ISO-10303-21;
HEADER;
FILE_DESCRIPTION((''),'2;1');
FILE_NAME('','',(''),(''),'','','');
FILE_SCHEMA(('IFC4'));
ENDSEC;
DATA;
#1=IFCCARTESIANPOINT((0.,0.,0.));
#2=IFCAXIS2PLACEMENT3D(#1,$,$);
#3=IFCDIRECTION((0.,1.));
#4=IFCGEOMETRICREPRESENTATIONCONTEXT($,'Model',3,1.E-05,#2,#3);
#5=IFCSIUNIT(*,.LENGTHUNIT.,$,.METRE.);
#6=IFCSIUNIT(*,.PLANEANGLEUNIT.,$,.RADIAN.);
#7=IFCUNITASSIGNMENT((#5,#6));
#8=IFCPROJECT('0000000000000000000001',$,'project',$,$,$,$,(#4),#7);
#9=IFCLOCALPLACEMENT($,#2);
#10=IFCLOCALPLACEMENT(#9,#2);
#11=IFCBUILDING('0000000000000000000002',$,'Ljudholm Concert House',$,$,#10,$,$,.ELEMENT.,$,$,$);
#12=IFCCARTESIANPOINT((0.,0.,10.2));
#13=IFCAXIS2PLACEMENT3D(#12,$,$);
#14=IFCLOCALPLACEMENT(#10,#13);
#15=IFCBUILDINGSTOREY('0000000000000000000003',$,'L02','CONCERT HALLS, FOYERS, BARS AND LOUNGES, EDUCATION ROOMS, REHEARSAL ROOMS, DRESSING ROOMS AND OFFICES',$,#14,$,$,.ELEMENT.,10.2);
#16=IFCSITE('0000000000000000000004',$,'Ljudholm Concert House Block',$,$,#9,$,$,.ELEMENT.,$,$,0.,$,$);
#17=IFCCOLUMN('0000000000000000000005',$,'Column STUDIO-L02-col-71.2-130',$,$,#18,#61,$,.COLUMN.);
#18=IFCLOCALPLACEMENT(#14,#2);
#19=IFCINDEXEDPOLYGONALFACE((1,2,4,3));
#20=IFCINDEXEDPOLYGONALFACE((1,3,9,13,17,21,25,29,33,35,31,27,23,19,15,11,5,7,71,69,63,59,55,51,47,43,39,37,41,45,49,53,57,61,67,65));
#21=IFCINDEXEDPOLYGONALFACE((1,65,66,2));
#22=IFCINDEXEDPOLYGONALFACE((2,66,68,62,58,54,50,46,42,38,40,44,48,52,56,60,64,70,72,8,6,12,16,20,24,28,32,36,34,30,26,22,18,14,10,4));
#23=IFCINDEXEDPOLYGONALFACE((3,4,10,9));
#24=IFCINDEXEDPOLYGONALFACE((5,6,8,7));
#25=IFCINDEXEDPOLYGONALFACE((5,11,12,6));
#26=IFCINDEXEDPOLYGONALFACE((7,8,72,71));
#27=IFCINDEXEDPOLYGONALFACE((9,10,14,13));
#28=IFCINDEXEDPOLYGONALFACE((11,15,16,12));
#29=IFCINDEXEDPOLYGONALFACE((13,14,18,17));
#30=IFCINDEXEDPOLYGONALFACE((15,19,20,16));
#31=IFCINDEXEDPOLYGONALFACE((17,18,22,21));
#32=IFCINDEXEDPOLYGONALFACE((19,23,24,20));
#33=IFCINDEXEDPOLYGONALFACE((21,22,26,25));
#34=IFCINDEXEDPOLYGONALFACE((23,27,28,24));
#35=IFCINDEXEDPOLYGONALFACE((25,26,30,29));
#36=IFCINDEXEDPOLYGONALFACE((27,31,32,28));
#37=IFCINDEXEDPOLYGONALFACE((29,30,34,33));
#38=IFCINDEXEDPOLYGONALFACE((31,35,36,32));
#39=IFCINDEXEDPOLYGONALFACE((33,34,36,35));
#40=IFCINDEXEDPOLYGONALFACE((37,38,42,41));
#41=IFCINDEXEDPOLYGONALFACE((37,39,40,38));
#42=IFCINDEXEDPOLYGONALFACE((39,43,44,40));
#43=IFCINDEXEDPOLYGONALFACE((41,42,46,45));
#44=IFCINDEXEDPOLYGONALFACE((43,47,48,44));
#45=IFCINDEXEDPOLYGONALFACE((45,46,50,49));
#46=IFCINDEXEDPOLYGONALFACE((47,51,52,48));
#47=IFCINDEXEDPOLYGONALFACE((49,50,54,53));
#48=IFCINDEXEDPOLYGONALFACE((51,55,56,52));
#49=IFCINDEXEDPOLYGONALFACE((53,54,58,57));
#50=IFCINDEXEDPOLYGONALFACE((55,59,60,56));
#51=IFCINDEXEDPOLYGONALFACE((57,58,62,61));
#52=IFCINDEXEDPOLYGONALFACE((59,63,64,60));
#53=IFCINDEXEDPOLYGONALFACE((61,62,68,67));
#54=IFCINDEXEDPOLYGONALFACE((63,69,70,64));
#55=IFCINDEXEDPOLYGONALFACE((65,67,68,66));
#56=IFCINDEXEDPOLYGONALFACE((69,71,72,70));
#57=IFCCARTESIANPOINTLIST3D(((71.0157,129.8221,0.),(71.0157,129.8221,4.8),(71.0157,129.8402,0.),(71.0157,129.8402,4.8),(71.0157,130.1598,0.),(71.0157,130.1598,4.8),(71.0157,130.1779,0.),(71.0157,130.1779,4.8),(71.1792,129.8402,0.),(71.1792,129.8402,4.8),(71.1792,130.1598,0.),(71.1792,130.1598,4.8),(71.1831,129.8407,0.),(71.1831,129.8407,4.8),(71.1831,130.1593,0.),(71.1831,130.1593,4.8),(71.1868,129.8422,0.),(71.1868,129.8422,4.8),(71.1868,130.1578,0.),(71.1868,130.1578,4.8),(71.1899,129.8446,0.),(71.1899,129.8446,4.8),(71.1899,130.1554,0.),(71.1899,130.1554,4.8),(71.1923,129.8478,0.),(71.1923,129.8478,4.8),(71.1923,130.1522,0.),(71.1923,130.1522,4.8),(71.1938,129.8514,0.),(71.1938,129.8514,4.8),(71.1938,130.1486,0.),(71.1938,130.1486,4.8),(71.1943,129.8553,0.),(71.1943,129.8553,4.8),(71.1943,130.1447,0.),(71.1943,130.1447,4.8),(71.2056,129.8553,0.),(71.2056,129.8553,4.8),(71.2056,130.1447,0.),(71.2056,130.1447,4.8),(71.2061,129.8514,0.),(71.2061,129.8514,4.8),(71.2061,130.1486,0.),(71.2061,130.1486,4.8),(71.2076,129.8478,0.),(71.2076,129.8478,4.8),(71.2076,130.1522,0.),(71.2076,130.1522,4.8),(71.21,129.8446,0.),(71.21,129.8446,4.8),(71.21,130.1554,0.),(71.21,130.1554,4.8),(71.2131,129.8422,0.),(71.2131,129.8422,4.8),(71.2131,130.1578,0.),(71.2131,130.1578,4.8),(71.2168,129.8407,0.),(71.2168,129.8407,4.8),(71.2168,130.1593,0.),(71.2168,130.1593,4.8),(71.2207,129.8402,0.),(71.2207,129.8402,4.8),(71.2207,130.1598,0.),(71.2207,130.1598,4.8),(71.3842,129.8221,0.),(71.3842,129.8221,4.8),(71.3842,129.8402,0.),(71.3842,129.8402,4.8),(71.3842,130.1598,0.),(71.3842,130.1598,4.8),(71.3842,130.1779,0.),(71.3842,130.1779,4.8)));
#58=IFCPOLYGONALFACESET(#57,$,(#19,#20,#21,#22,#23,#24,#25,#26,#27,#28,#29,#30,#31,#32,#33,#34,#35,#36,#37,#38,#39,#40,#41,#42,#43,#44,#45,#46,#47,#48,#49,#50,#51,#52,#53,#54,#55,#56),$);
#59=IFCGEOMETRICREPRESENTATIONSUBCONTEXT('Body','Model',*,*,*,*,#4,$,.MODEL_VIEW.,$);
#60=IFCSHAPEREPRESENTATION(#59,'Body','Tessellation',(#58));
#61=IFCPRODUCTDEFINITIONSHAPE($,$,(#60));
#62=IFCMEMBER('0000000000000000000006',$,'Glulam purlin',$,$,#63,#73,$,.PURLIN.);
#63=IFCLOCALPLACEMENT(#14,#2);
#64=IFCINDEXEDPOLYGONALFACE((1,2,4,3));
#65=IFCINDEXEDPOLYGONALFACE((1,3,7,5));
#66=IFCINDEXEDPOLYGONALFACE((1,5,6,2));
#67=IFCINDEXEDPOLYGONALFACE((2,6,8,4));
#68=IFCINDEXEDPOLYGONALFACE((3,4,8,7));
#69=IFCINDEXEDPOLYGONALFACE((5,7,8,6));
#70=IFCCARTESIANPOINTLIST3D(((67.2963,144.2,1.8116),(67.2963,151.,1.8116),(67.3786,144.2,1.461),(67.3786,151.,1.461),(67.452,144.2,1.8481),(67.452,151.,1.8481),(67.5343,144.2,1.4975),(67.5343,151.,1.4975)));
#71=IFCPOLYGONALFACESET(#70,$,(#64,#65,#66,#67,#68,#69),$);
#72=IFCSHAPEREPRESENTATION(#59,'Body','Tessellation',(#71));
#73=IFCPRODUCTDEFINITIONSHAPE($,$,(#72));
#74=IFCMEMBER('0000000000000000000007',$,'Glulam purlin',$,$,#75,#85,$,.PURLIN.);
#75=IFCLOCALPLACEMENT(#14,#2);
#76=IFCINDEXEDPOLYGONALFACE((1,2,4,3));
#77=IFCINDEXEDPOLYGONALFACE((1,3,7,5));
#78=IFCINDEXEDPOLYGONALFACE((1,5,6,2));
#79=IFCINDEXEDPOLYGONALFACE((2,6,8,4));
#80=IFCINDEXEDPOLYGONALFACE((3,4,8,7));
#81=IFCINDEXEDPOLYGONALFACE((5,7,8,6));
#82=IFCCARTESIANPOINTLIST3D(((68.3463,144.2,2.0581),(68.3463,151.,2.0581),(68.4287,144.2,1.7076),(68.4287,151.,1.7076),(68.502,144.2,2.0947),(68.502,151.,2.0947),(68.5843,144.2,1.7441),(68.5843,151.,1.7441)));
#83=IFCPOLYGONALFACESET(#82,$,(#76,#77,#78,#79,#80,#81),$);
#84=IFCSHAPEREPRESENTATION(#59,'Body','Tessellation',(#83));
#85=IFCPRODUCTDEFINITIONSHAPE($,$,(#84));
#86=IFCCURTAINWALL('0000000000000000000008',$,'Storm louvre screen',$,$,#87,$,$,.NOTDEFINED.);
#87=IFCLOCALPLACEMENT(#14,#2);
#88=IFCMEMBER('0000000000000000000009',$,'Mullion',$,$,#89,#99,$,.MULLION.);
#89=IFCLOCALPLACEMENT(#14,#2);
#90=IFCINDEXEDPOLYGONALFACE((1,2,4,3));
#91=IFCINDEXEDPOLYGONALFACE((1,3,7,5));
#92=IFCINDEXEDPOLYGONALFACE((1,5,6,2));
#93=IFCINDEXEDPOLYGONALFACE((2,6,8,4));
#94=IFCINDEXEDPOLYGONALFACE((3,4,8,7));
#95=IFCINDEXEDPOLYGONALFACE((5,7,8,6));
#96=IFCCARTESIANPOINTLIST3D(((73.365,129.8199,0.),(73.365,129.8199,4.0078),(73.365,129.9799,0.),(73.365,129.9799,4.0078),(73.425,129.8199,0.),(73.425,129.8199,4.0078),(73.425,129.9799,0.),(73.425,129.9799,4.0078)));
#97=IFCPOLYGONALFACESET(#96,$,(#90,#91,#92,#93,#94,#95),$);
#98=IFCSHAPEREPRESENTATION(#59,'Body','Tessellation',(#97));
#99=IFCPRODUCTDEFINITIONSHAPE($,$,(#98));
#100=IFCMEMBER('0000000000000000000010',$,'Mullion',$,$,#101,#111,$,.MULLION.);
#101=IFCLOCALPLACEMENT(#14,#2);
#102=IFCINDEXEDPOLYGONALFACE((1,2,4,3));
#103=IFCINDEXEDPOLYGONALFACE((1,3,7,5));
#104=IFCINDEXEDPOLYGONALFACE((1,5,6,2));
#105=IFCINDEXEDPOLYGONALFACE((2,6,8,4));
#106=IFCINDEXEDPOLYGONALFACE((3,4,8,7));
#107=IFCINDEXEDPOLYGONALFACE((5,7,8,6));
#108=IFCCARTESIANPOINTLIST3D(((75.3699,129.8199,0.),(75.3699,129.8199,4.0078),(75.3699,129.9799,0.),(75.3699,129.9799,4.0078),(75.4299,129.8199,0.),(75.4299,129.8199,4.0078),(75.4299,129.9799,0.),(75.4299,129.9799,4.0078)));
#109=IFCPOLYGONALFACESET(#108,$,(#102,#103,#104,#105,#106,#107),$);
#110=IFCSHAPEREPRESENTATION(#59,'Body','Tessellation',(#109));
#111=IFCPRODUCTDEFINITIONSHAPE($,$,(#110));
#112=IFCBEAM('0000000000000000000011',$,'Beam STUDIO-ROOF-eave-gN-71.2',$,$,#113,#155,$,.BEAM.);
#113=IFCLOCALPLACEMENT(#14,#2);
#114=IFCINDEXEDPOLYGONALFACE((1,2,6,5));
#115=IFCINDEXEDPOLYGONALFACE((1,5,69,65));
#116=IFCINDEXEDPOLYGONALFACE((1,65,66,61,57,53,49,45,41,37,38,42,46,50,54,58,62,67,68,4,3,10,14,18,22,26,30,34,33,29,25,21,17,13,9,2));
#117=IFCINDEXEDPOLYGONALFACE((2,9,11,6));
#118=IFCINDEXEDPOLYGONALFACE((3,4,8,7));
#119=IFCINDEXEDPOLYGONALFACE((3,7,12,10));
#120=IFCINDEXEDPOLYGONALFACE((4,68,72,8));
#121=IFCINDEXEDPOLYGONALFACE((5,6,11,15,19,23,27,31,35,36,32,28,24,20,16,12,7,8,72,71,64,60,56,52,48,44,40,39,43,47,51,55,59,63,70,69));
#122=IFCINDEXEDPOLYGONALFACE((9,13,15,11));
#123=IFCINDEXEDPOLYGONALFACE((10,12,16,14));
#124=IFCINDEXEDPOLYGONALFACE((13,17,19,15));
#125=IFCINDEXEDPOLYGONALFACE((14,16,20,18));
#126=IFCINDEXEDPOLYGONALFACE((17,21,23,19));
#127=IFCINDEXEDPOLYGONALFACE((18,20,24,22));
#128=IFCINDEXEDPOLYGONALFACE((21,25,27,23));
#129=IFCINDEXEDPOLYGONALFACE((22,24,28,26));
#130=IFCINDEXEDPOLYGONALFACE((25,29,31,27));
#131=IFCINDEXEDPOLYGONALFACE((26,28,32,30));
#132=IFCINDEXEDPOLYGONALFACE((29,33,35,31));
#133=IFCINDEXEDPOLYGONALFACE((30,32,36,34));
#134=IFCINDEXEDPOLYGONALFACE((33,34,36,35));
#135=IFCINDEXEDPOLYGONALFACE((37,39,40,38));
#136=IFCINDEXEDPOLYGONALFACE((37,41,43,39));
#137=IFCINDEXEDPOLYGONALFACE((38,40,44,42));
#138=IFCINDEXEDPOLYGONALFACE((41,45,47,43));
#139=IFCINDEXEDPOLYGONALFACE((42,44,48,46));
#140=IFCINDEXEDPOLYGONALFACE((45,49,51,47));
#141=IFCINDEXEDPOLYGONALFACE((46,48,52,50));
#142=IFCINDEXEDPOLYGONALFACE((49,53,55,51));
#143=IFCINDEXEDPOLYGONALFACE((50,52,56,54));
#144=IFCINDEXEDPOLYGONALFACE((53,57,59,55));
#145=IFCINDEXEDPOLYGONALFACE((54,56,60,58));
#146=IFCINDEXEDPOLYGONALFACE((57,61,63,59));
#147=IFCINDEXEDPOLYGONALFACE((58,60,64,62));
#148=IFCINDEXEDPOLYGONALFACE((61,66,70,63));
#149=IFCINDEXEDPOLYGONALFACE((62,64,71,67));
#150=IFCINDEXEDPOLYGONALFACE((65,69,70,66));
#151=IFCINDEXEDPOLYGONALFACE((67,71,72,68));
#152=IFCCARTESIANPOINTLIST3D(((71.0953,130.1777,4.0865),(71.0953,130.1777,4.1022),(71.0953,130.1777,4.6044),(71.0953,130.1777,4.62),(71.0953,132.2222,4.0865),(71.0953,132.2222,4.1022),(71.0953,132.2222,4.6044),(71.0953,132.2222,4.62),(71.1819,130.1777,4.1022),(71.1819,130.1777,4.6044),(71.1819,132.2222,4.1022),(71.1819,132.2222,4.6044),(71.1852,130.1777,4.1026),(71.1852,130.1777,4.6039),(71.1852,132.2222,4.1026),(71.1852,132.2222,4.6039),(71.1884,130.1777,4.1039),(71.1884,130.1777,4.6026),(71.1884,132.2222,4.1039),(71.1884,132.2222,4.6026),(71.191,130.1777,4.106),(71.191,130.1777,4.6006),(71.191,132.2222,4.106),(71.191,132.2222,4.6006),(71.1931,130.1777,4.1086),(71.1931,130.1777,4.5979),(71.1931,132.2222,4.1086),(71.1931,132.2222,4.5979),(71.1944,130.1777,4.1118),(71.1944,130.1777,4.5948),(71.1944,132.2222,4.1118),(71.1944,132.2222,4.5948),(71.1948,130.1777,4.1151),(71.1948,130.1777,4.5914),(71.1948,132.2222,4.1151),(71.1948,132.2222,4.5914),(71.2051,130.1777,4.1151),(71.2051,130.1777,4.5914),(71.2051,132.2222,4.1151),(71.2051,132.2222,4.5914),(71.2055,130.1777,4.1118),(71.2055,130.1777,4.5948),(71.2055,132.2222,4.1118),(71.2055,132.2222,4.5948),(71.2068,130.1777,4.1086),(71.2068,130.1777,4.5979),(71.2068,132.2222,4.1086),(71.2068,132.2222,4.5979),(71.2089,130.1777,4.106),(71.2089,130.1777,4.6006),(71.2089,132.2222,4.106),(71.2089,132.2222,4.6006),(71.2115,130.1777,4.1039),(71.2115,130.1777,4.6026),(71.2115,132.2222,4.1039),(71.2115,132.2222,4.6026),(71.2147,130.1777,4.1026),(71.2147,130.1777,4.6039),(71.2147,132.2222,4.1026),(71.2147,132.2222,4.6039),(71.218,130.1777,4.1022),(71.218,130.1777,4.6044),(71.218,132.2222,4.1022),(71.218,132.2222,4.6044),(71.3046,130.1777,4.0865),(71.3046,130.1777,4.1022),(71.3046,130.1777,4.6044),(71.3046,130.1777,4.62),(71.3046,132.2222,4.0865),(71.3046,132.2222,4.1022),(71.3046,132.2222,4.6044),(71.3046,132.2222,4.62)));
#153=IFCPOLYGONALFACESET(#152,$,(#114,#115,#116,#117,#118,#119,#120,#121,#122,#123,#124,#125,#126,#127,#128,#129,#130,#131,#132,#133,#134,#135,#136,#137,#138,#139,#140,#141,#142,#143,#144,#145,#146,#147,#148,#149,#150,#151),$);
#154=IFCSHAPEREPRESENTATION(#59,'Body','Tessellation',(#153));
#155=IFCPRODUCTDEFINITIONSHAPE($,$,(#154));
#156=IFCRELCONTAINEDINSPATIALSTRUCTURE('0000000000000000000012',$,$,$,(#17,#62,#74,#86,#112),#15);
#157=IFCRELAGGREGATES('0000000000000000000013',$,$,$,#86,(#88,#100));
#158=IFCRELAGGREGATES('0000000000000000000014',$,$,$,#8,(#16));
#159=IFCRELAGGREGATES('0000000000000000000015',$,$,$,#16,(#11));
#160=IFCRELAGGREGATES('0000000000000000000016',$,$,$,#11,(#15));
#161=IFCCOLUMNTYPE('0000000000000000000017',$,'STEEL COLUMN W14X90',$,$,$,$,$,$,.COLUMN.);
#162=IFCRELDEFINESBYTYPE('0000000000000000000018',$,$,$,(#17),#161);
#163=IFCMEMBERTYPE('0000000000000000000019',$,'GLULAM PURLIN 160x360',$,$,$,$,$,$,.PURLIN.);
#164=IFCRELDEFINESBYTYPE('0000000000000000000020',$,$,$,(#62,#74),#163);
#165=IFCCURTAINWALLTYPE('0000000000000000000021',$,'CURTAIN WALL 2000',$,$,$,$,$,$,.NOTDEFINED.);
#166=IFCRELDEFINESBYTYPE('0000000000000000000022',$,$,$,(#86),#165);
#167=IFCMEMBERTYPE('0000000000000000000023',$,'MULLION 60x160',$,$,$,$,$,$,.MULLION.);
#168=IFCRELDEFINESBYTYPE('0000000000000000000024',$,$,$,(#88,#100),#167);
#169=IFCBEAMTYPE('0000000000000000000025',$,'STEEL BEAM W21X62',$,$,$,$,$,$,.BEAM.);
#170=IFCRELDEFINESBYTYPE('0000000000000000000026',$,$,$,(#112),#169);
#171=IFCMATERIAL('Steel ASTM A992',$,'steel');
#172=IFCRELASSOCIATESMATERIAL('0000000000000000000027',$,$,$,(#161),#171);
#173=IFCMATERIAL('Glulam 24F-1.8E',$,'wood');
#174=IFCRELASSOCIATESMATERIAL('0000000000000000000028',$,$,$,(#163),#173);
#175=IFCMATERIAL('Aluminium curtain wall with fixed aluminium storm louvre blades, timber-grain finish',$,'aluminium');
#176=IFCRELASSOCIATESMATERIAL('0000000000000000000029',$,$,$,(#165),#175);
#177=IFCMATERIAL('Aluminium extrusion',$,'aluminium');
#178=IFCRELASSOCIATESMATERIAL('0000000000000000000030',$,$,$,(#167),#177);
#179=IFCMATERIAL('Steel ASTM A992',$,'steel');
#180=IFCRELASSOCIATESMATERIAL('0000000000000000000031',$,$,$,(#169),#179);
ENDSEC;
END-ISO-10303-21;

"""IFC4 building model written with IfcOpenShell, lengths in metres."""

from ifc_helpers import new_model, si_unit, direction, frame, origin, origin_2d, place, context, subcontext, project, spatial, rectangle, i_section, extrude, material, material_profile, profile_set, type_object, element, aggregate, save


model = new_model("IFC4")

# Units and contexts
model_context = context("Model", 3, precision=1e-05, world=origin(), true_north=direction((0.0, 1.0)))
body_context = subcontext(model_context, "Body", "Model", "MODEL_VIEW")
ifc_project = project(units=[si_unit("LENGTHUNIT", "METRE"), si_unit("PLANEANGLEUNIT", "RADIAN")], contexts=[model_context])

# Site, building, storey
site_placement = place(None, origin())
site = spatial("IfcSite", under=ifc_project, at=site_placement, Name="Ljudholm Concert House Block", CompositionType="ELEMENT", RefElevation=0.0)
building_placement = place(site_placement, origin())
building = spatial("IfcBuilding", under=site, at=building_placement, Name="Ljudholm Concert House", CompositionType="ELEMENT")
storey_placement = place(building_placement, frame((0.0, 0.0, 10.2)))
storey = spatial("IfcBuildingStorey", under=building, at=storey_placement, Name="L02", Description="CONCERT HALLS, FOYERS, BARS AND LOUNGES, EDUCATION ROOMS, REHEARSAL ROOMS, DRESSING ROOMS AND OFFICES", CompositionType="ELEMENT", Elevation=10.2)

# Column
ifc_material_1 = material(Name="Steel ASTM A992", Category="steel")
ifc_material_profile_1 = material_profile(ifc_material_1, i_section(OverallWidth=0.3684, OverallDepth=0.3557, WebThickness=0.0112, FlangeThickness=0.0181, FilletRadius=0.0151, at=origin_2d()), Name="W14X90")
ifc_profile_set_1 = profile_set([ifc_material_profile_1], Name="Steel ASTM A992")
column_type = type_object("IfcColumnType", Name="STEEL COLUMN W14X90", PredefinedType="COLUMN", material=ifc_profile_set_1)
column_placement = place(storey_placement, frame((71.2, 130.0, 0.0), z_axis=(0.0, 0.0, 1.0), x_axis=(1.0, 0.0, 0.0)))
element("IfcColumn", 1, at=column_placement, inside=storey, type_object=column_type, Name="Column STUDIO-L02-col-71.2-130", PredefinedType="COLUMN", context=body_context, shape_type="SweptSolid", body=[
    extrude(i_section(OverallWidth=0.3684, OverallDepth=0.3557, WebThickness=0.0112, FlangeThickness=0.0181, FilletRadius=0.0151, at=origin_2d()), origin(), (0.0, 0.0, 1.0), 4.8),
])

# Members
ifc_material_2 = material(Name="Glulam 24F-1.8E", Category="wood")
ifc_material_profile_2 = material_profile(ifc_material_2, rectangle(XDim=0.1599, YDim=0.3601, at=origin_2d()), Name="GLULAM PURLIN 160x360")
ifc_profile_set_2 = profile_set([ifc_material_profile_2], Name="Glulam 24F-1.8E")
member_type_1 = type_object("IfcMemberType", Name="GLULAM PURLIN 160x360", PredefinedType="PURLIN", material=ifc_profile_set_2)
for number, where, z_axis, x_axis, name in (
    (2, (67.4153, 144.2, 1.6545), (0.0, 1.0, 0.0), (-0.973523, 0.0, -0.228589), "Glulam purlin"),
    (3, (68.4653, 144.2, 1.9011), (0.0, 1.0, 0.0), (-0.973523, 0.0, -0.228589), "Glulam purlin"),
):
    element("IfcMember", number, at=place(storey_placement, frame(where, z_axis=z_axis, x_axis=x_axis)), inside=storey, type_object=member_type_1, Name=name, PredefinedType="PURLIN", context=body_context, shape_type="SweptSolid", body=[
        extrude(rectangle(XDim=0.1599, YDim=0.3601, at=origin_2d()), origin(), (0.0, 0.0, 1.0), 6.8),
    ])

# Curtain wall, members
ifc_material_3 = material(Name="Aluminium curtain wall with fixed aluminium storm louvre blades, timber-grain finish", Category="aluminium")
curtain_wall_type = type_object("IfcCurtainWallType", Name="CURTAIN WALL 2000", PredefinedType="NOTDEFINED", material=ifc_material_3)
curtain_wall_placement = place(storey_placement, origin())
curtain_wall = element("IfcCurtainWall", 4, at=curtain_wall_placement, inside=storey, type_object=curtain_wall_type, Name="Storm louvre screen", PredefinedType="NOTDEFINED")
ifc_material_4 = material(Name="Aluminium extrusion", Category="aluminium")
ifc_material_profile_3 = material_profile(ifc_material_4, rectangle(XDim=0.1599, YDim=0.0601, at=origin_2d()), Name="MULLION 60x160")
ifc_profile_set_3 = profile_set([ifc_material_profile_3], Name="Aluminium extrusion")
member_type_2 = type_object("IfcMemberType", Name="MULLION 60x160", PredefinedType="MULLION", material=ifc_profile_set_3)
member_1_placement = place(storey_placement, frame((73.395, 129.8999, 0.0), z_axis=(0.0, 0.0, 1.0), x_axis=(0.0, 1.0, 0.0)))
member_1 = element("IfcMember", 5, at=member_1_placement, type_object=member_type_2, Name="Mullion", PredefinedType="MULLION", context=body_context, shape_type="SweptSolid", body=[
    extrude(rectangle(XDim=0.1599, YDim=0.0601, at=origin_2d()), origin(), (0.0, 0.0, 1.0), 4.0078),
])
member_2_placement = place(storey_placement, frame((75.3999, 129.8999, 0.0), z_axis=(0.0, 0.0, 1.0), x_axis=(0.0, 1.0, 0.0)))
member_2 = element("IfcMember", 6, at=member_2_placement, type_object=member_type_2, Name="Mullion", PredefinedType="MULLION", context=body_context, shape_type="SweptSolid", body=[
    extrude(rectangle(XDim=0.1599, YDim=0.0601, at=origin_2d()), origin(), (0.0, 0.0, 1.0), 4.0078),
])

# Beam
ifc_material_5 = material(Name="Steel ASTM A992", Category="steel")
ifc_material_profile_4 = material_profile(ifc_material_5, i_section(OverallWidth=0.2092, OverallDepth=0.5334, WebThickness=0.0103, FlangeThickness=0.0156, FilletRadius=0.0129, at=origin_2d()), Name="W21X62")
ifc_profile_set_4 = profile_set([ifc_material_profile_4], Name="Steel ASTM A992")
beam_type_1 = type_object("IfcBeamType", Name="STEEL BEAM W21X62", PredefinedType="BEAM", material=ifc_profile_set_4)
beam_1_placement = place(storey_placement, frame((71.2, 130.1777, 4.3533), z_axis=(0.0, 1.0, 0.0), x_axis=(-1.0, 0.0, 0.0)))
element("IfcBeam", 7, at=beam_1_placement, inside=storey, type_object=beam_type_1, Name="Beam STUDIO-ROOF-eave-gN-71.2", PredefinedType="BEAM", context=body_context, shape_type="SweptSolid", body=[
    extrude(i_section(OverallWidth=0.2092, OverallDepth=0.5334, WebThickness=0.0103, FlangeThickness=0.0156, FilletRadius=0.0129, at=origin_2d()), origin(), (0.0, 0.0, 1.0), 2.0444),
])

aggregate(curtain_wall, [member_1, member_2])

save(model, "model.ifc")
